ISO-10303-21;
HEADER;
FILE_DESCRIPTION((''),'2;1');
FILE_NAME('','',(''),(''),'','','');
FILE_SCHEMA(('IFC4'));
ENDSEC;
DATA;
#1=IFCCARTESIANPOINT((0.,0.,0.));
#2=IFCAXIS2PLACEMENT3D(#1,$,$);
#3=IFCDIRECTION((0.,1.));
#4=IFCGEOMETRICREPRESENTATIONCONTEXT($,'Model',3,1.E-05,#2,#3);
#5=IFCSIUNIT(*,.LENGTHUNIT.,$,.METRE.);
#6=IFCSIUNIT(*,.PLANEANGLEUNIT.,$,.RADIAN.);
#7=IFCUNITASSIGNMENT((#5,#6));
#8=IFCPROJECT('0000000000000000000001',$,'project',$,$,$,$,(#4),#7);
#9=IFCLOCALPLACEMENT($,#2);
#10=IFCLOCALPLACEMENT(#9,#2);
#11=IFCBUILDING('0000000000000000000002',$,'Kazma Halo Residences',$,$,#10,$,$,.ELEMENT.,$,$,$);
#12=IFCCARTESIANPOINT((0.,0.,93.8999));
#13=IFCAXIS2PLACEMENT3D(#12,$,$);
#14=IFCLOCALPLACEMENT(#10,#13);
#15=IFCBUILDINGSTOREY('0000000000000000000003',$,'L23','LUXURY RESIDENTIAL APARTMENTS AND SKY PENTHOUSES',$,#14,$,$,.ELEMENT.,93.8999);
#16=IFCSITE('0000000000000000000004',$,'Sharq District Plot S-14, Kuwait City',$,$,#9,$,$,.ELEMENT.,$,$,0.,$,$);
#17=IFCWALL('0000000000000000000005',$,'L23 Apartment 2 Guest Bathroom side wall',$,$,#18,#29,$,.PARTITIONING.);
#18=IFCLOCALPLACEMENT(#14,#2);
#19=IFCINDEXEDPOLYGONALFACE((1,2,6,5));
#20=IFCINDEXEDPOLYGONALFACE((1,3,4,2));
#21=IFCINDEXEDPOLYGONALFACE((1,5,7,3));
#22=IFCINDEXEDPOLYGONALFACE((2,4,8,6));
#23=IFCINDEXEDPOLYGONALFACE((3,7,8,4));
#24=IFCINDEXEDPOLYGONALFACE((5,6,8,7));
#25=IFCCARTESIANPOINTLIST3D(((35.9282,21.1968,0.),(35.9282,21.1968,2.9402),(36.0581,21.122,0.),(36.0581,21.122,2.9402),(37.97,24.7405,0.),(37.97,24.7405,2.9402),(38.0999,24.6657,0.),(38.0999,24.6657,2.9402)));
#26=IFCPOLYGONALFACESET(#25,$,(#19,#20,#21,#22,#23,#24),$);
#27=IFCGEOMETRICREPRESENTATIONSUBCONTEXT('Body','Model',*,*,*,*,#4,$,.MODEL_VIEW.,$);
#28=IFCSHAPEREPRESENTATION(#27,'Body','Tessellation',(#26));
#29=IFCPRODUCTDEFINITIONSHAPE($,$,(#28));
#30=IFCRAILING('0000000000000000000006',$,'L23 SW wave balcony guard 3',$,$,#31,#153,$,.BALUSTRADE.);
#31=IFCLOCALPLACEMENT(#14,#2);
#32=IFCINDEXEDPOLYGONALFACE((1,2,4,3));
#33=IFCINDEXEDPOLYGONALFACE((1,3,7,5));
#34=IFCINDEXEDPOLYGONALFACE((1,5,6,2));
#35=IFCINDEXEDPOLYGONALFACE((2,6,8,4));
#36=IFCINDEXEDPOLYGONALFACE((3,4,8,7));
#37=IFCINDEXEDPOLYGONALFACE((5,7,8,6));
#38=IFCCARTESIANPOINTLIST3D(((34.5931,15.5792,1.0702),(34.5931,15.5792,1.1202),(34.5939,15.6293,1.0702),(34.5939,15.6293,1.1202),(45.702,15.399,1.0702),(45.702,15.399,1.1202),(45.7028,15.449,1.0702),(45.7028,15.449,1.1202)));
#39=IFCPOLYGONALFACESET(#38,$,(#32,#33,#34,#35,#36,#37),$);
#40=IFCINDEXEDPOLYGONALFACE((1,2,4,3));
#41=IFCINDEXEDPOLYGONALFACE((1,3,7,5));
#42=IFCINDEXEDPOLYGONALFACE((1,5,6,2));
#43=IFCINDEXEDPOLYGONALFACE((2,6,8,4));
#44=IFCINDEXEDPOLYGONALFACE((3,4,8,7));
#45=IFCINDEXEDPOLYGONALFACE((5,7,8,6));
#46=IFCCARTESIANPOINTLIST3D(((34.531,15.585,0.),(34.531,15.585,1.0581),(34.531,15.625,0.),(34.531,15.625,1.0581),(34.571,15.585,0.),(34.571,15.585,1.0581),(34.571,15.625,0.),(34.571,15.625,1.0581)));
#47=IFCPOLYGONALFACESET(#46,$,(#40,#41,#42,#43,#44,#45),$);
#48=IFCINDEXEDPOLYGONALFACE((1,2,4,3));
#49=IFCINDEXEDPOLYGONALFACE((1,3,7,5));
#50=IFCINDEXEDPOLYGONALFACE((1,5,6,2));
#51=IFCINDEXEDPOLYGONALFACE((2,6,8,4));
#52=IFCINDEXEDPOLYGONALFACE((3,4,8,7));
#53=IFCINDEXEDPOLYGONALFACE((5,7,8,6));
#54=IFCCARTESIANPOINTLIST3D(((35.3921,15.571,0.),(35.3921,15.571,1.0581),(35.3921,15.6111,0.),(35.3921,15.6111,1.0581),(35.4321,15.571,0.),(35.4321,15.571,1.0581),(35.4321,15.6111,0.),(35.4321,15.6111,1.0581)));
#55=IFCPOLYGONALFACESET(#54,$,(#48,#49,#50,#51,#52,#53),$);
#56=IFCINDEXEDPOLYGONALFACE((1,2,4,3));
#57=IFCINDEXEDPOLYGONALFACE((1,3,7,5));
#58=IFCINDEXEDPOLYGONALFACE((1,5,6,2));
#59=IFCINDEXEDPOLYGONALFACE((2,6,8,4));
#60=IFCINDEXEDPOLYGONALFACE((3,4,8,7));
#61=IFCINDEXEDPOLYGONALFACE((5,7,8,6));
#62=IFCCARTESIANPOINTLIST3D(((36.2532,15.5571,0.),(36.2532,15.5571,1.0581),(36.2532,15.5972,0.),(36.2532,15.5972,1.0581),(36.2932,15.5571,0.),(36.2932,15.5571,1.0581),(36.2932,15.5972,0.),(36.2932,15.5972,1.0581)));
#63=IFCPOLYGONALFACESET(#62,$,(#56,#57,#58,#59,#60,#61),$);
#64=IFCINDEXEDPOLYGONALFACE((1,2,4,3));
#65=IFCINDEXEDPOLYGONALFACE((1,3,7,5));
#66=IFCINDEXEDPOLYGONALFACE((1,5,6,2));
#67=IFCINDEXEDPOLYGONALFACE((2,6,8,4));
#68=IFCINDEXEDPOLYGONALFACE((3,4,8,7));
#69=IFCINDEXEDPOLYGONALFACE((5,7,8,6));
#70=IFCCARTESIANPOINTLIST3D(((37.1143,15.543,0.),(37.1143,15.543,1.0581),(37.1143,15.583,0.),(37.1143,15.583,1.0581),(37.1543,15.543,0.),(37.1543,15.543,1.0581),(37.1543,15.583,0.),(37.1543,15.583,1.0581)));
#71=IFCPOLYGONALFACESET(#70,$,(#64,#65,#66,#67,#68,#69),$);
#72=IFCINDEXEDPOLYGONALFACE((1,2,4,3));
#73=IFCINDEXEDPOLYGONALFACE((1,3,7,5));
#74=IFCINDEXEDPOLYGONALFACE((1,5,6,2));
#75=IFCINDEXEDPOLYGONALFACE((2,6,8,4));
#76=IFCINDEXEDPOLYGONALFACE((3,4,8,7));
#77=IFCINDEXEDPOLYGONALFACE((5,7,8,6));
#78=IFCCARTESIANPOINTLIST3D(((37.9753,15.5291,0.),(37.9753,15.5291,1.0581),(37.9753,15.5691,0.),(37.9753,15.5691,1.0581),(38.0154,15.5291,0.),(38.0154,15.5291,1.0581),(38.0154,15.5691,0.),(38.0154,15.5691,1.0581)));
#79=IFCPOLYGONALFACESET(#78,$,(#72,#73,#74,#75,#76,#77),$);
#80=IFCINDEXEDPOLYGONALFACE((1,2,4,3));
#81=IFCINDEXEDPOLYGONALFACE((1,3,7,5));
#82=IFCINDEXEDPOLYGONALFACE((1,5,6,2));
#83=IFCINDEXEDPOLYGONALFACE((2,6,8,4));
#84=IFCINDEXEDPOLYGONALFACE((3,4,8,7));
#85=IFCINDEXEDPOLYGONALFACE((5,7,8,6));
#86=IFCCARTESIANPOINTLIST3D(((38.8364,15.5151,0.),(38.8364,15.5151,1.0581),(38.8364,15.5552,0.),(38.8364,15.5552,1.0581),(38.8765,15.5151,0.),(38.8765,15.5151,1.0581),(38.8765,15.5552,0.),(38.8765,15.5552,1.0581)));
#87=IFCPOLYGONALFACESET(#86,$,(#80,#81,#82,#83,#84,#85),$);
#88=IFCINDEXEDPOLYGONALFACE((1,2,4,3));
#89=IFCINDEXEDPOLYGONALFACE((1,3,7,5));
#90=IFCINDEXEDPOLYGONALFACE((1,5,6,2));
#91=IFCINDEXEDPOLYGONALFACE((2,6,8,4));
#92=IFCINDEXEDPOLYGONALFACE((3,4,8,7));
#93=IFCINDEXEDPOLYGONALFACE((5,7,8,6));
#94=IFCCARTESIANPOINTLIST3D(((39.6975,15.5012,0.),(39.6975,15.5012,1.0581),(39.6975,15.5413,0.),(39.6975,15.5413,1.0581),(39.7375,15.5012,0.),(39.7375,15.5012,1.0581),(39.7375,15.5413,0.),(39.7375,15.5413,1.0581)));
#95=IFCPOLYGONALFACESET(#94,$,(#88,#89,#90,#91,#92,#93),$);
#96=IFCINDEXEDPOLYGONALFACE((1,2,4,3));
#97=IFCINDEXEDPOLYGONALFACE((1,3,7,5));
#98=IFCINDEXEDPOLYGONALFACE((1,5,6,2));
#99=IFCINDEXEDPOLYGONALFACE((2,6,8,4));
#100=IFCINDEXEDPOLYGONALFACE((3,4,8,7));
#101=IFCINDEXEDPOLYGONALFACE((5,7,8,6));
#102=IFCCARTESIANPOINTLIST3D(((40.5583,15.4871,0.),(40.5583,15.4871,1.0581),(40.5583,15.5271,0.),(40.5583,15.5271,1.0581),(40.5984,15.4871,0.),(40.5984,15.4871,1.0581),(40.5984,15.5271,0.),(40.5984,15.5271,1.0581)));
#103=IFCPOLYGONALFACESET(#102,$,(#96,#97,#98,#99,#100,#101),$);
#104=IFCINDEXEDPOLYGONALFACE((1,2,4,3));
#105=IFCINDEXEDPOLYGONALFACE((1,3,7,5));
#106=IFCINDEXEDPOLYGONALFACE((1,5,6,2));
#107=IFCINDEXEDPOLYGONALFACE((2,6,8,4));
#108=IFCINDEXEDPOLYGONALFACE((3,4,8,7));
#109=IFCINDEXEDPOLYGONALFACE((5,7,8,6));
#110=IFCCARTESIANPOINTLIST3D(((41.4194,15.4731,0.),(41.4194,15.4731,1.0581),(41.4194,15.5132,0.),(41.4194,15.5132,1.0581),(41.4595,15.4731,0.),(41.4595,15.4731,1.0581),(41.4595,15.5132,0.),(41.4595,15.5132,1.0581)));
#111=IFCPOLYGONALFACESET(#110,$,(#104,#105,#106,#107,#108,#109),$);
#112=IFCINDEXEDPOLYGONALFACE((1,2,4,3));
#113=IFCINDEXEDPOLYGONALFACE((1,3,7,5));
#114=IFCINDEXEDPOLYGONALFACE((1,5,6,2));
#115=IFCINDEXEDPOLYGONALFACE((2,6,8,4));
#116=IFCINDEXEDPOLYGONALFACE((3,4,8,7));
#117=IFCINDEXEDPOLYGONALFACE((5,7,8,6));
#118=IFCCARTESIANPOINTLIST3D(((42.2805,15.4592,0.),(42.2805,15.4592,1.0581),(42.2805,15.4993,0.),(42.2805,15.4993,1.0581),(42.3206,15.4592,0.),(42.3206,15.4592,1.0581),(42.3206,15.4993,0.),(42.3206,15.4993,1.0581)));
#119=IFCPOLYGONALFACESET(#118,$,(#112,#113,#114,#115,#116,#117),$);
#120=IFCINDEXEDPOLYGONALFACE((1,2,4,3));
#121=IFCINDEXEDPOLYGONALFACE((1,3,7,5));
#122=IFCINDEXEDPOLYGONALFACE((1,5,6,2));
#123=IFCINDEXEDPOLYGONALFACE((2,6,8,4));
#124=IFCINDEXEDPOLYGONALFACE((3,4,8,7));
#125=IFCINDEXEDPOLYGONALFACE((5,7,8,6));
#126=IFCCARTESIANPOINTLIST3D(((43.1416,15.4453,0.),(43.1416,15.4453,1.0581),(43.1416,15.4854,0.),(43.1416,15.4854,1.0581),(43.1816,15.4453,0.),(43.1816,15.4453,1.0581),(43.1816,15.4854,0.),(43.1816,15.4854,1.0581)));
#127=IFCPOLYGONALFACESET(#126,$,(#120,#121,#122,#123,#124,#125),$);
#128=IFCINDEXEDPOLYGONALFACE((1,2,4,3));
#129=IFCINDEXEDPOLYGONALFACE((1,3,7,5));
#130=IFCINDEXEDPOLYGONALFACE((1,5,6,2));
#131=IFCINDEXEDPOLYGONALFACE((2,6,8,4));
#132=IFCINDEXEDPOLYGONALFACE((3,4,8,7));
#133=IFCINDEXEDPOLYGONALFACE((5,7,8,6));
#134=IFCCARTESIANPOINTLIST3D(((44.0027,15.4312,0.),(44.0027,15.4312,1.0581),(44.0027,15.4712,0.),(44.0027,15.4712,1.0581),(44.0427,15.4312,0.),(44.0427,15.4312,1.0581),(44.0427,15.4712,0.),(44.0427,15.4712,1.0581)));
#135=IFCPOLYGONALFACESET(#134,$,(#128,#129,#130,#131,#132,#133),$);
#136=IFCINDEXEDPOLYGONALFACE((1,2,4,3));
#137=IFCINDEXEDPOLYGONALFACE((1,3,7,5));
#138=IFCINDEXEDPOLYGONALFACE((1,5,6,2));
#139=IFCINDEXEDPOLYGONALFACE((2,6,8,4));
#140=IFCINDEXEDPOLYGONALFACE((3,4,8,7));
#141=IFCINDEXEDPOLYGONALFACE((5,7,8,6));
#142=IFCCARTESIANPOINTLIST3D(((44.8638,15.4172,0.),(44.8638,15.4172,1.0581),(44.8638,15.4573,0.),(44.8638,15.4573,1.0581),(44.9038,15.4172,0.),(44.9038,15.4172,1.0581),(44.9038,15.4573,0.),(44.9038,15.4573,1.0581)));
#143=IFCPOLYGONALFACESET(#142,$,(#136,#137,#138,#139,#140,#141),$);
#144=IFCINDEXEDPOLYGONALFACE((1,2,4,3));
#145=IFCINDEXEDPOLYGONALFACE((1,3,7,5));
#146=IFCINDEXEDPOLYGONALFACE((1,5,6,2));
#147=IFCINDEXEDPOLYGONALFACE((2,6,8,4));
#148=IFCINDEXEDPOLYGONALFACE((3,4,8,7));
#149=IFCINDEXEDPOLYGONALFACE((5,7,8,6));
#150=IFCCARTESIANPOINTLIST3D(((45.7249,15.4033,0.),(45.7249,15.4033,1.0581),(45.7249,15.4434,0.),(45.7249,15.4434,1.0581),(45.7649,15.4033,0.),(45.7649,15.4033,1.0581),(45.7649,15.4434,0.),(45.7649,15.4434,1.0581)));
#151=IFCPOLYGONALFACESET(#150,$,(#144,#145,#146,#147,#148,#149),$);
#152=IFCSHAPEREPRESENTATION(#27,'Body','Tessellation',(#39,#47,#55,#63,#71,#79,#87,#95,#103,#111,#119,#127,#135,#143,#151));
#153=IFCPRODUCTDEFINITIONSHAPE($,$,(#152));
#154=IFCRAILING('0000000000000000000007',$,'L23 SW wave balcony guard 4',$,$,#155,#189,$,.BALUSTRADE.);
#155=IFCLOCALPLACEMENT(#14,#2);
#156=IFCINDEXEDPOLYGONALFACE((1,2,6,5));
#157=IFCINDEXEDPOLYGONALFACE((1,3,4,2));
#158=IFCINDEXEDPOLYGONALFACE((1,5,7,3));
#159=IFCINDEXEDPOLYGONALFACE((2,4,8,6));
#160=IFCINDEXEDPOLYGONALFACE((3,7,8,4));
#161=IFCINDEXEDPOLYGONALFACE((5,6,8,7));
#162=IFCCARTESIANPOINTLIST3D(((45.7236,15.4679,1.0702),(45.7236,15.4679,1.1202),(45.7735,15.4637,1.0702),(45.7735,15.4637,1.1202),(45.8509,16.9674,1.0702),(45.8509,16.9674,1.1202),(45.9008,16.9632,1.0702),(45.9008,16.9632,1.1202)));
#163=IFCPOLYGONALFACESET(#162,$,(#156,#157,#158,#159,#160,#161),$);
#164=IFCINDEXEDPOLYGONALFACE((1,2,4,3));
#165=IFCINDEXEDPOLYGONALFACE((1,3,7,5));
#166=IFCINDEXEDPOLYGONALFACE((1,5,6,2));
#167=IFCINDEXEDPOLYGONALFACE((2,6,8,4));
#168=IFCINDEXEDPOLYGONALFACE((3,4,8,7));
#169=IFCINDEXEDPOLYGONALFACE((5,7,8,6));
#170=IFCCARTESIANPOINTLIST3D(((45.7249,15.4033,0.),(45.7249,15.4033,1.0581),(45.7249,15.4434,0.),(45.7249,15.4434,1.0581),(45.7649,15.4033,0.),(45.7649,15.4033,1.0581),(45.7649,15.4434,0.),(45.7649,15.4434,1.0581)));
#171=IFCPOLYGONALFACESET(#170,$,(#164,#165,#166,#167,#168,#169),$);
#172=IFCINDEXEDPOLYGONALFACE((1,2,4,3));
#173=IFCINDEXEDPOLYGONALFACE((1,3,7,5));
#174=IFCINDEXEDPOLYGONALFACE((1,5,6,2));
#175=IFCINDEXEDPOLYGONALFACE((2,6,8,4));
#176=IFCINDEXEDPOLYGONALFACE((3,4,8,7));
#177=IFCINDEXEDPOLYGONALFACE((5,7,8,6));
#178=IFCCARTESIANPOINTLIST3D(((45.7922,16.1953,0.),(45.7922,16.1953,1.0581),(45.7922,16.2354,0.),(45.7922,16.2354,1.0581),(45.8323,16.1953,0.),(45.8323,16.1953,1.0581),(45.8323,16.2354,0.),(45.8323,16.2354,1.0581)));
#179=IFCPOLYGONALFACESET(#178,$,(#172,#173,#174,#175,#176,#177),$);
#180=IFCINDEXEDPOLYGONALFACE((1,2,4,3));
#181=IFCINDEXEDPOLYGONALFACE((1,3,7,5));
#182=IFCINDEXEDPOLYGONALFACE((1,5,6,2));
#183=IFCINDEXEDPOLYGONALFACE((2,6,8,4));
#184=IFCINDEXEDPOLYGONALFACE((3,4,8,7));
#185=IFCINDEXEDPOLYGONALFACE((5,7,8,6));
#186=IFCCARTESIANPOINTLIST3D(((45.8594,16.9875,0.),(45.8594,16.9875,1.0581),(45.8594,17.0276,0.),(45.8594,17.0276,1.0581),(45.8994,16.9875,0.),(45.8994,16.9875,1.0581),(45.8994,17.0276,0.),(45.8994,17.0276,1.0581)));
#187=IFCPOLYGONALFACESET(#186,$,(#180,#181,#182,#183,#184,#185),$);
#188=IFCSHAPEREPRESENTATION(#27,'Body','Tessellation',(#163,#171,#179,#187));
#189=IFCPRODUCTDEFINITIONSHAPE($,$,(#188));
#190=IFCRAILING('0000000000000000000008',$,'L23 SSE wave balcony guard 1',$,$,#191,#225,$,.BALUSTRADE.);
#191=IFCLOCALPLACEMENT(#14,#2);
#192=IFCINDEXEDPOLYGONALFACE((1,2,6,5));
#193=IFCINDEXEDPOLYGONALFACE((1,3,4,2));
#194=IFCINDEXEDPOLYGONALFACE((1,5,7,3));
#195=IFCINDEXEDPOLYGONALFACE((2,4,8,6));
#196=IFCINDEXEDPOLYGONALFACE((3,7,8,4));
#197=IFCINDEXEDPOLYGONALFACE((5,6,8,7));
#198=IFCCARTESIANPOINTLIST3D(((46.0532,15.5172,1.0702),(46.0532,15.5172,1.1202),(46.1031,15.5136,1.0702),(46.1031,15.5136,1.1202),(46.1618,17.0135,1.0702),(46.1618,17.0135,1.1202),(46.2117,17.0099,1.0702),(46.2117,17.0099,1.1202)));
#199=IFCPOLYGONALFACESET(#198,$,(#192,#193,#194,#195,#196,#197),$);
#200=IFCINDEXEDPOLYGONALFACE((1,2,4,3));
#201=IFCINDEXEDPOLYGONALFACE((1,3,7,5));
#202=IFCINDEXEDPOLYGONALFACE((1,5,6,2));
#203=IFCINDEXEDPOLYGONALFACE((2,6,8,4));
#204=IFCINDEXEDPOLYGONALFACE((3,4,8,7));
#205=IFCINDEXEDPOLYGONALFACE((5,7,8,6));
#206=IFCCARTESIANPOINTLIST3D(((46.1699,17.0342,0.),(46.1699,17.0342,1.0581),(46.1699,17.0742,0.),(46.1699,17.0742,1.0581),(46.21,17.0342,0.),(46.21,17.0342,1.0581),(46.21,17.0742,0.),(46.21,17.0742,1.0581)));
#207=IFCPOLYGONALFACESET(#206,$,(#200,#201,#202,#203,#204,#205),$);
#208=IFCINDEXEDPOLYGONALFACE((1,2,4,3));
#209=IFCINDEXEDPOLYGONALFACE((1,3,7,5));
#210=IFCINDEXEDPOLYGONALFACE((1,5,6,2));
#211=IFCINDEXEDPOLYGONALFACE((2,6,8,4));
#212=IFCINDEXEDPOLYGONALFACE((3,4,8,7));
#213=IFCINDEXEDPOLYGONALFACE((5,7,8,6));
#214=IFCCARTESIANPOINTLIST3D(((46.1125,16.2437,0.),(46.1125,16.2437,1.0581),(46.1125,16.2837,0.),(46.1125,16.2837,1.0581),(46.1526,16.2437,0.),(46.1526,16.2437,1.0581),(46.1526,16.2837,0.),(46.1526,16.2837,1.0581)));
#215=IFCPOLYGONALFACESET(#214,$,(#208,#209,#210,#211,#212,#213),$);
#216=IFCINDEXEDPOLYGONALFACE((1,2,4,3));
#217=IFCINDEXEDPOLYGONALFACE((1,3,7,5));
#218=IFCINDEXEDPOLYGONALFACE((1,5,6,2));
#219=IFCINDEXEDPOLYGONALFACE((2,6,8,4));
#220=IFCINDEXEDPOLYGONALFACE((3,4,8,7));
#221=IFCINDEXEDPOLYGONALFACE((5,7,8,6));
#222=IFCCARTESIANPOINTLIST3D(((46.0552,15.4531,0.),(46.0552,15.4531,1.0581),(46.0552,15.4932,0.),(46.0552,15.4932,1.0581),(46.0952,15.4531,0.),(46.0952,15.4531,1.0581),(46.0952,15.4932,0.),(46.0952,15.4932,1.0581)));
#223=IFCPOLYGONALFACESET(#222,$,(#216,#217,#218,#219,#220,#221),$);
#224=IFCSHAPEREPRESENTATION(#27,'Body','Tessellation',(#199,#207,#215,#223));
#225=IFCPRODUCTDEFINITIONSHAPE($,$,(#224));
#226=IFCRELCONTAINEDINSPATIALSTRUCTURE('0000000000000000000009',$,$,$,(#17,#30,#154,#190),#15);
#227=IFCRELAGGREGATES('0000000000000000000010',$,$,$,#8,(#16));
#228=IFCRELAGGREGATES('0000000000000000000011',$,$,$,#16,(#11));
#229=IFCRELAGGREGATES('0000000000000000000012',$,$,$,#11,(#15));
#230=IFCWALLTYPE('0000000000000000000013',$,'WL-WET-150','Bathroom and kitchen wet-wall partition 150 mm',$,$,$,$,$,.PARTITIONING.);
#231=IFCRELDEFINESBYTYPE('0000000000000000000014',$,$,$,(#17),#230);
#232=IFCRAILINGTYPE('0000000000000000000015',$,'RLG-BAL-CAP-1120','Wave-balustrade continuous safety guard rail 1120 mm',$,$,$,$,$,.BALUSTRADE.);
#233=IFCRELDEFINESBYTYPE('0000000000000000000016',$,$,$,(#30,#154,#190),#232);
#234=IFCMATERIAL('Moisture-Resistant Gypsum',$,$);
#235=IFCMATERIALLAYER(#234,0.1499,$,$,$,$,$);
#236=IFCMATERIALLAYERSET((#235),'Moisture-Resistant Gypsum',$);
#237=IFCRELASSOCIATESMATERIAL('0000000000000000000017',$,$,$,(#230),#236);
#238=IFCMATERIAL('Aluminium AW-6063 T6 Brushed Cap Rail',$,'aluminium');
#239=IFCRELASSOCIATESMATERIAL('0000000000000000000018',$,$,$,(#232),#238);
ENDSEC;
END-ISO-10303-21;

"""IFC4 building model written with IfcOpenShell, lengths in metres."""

from ifc_helpers import new_model, si_unit, direction, frame, frame_2d, origin, origin_2d, place, context, subcontext, project, spatial, rectangle, extrude, material, layer, layer_set, type_object, element, save


model = new_model("IFC4")

# Units and contexts
model_context = context("Model", 3, precision=1e-05, world=origin(), true_north=direction((0.0, 1.0)))
body_context = subcontext(model_context, "Body", "Model", "MODEL_VIEW")
ifc_project = project(units=[si_unit("LENGTHUNIT", "METRE"), si_unit("PLANEANGLEUNIT", "RADIAN")], contexts=[model_context])

# Site, building, storey
site_placement = place(None, origin())
site = spatial("IfcSite", under=ifc_project, at=site_placement, Name="Sharq District Plot S-14, Kuwait City", CompositionType="ELEMENT", RefElevation=0.0)
building_placement = place(site_placement, origin())
building = spatial("IfcBuilding", under=site, at=building_placement, Name="Kazma Halo Residences", CompositionType="ELEMENT")
storey_placement = place(building_placement, frame((0.0, 0.0, 93.8999)))
storey = spatial("IfcBuildingStorey", under=building, at=storey_placement, Name="L23", Description="LUXURY RESIDENTIAL APARTMENTS AND SKY PENTHOUSES", CompositionType="ELEMENT", Elevation=93.8999)

# Wall
ifc_material_1 = material(Name="Moisture-Resistant Gypsum")
ifc_layer_1 = layer(ifc_material_1, 0.1499)
ifc_layer_set_1 = layer_set([ifc_layer_1], Name="Moisture-Resistant Gypsum")
wall_type_1 = type_object("IfcWallType", Name="WL-WET-150", Description="Bathroom and kitchen wet-wall partition 150 mm", PredefinedType="PARTITIONING", material=ifc_layer_set_1)
wall_1_placement = place(storey_placement, frame((38.0349, 24.7031, 0.0), z_axis=(0.0, 0.0, 1.0), x_axis=(-0.499228, -0.866471, 0.0)))
element("IfcWall", 1, at=wall_1_placement, inside=storey, type_object=wall_type_1, Name="L23 Apartment 2 Guest Bathroom side wall", PredefinedType="PARTITIONING", context=body_context, shape_type="SweptSolid", body=[
    extrude(rectangle(XDim=4.0898, YDim=0.1499, at=frame_2d((2.0449, 0.0))), origin(), (0.0, 0.0, 1.0), 2.9402),
])

# Railings
ifc_material_2 = material(Name="Aluminium AW-6063 T6 Brushed Cap Rail", Category="aluminium")
railing_type = type_object("IfcRailingType", Name="RLG-BAL-CAP-1120", Description="Wave-balustrade continuous safety guard rail 1120 mm", PredefinedType="BALUSTRADE", material=ifc_material_2)
railing_1_placement = place(storey_placement, frame((34.551, 15.605, 0.0)))
element("IfcRailing", 2, at=railing_1_placement, inside=storey, type_object=railing_type, Name="L23 SW wave balcony guard 3", PredefinedType="BALUSTRADE", context=body_context, shape_type="SweptSolid", body=[
    extrude(rectangle(XDim=0.05, YDim=0.05, at=origin_2d()), frame((0.0425, -0.0007, 1.0952), z_axis=(0.999868, -0.016225, 0.0), x_axis=(0.016225, 0.999868, 0.0)), (0.0, 0.0, 1.0), 11.1104),
    extrude(rectangle(XDim=0.04, YDim=0.04, at=origin_2d()), origin(), (0.0, 0.0, 1.0), 1.0581),
    extrude(rectangle(XDim=0.04, YDim=0.04, at=origin_2d()), frame((0.8611, -0.0139, 0.0)), (0.0, 0.0, 1.0), 1.0581),
    extrude(rectangle(XDim=0.04, YDim=0.04, at=origin_2d()), frame((1.7222, -0.0278, 0.0)), (0.0, 0.0, 1.0), 1.0581),
    extrude(rectangle(XDim=0.04, YDim=0.04, at=origin_2d()), frame((2.5833, -0.042, 0.0)), (0.0, 0.0, 1.0), 1.0581),
    extrude(rectangle(XDim=0.04, YDim=0.04, at=origin_2d()), frame((3.4443, -0.0559, 0.0)), (0.0, 0.0, 1.0), 1.0581),
    extrude(rectangle(XDim=0.04, YDim=0.04, at=origin_2d()), frame((4.3054, -0.0698, 0.0)), (0.0, 0.0, 1.0), 1.0581),
    extrude(rectangle(XDim=0.04, YDim=0.04, at=origin_2d()), frame((5.1665, -0.0837, 0.0)), (0.0, 0.0, 1.0), 1.0581),
    extrude(rectangle(XDim=0.04, YDim=0.04, at=origin_2d()), frame((6.0273, -0.0979, 0.0)), (0.0, 0.0, 1.0), 1.0581),
    extrude(rectangle(XDim=0.04, YDim=0.04, at=origin_2d()), frame((6.8884, -0.1118, 0.0)), (0.0, 0.0, 1.0), 1.0581),
    extrude(rectangle(XDim=0.04, YDim=0.04, at=origin_2d()), frame((7.7495, -0.1257, 0.0)), (0.0, 0.0, 1.0), 1.0581),
    extrude(rectangle(XDim=0.04, YDim=0.04, at=origin_2d()), frame((8.6106, -0.1396, 0.0)), (0.0, 0.0, 1.0), 1.0581),
    extrude(rectangle(XDim=0.04, YDim=0.04, at=origin_2d()), frame((9.4717, -0.1538, 0.0)), (0.0, 0.0, 1.0), 1.0581),
    extrude(rectangle(XDim=0.04, YDim=0.04, at=origin_2d()), frame((10.3328, -0.1677, 0.0)), (0.0, 0.0, 1.0), 1.0581),
    extrude(rectangle(XDim=0.04, YDim=0.04, at=origin_2d()), frame((11.1938, -0.1816, 0.0)), (0.0, 0.0, 1.0), 1.0581),
])
railing_2_placement = place(storey_placement, frame((45.7449, 15.4233, 0.0)))
element("IfcRailing", 3, at=railing_2_placement, inside=storey, type_object=railing_type, Name="L23 SW wave balcony guard 4", PredefinedType="BALUSTRADE", context=body_context, shape_type="SweptSolid", body=[
    extrude(rectangle(XDim=0.05, YDim=0.05, at=origin_2d()), frame((0.0037, 0.0425, 1.0952), z_axis=(0.084608, 0.996414, 0.0), x_axis=(-0.996414, 0.084608, 0.0)), (0.0, 0.0, 1.0), 1.5049),
    extrude(rectangle(XDim=0.04, YDim=0.04, at=origin_2d()), origin(), (0.0, 0.0, 1.0), 1.0581),
    extrude(rectangle(XDim=0.04, YDim=0.04, at=origin_2d()), frame((0.0674, 0.792, 0.0)), (0.0, 0.0, 1.0), 1.0581),
    extrude(rectangle(XDim=0.04, YDim=0.04, at=origin_2d()), frame((0.1345, 1.5842, 0.0)), (0.0, 0.0, 1.0), 1.0581),
])
railing_3_placement = place(storey_placement, frame((46.1899, 17.0542, 0.0)))
element("IfcRailing", 4, at=railing_3_placement, inside=storey, type_object=railing_type, Name="L23 SSE wave balcony guard 1", PredefinedType="BALUSTRADE", context=body_context, shape_type="SweptSolid", body=[
    extrude(rectangle(XDim=0.05, YDim=0.05, at=origin_2d()), frame((-0.0032, -0.0425, 1.0952), z_axis=(-0.072385, -0.997377, 0.0), x_axis=(0.997377, -0.072385, 0.0)), (0.0, 0.0, 1.0), 1.5002),
    extrude(rectangle(XDim=0.04, YDim=0.04, at=origin_2d()), origin(), (0.0, 0.0, 1.0), 1.0581),
    extrude(rectangle(XDim=0.04, YDim=0.04, at=origin_2d()), frame((-0.0574, -0.7905, 0.0)), (0.0, 0.0, 1.0), 1.0581),
    extrude(rectangle(XDim=0.04, YDim=0.04, at=origin_2d()), frame((-0.1147, -1.5811, 0.0)), (0.0, 0.0, 1.0), 1.0581),
])

save(model, "model.ifc")
